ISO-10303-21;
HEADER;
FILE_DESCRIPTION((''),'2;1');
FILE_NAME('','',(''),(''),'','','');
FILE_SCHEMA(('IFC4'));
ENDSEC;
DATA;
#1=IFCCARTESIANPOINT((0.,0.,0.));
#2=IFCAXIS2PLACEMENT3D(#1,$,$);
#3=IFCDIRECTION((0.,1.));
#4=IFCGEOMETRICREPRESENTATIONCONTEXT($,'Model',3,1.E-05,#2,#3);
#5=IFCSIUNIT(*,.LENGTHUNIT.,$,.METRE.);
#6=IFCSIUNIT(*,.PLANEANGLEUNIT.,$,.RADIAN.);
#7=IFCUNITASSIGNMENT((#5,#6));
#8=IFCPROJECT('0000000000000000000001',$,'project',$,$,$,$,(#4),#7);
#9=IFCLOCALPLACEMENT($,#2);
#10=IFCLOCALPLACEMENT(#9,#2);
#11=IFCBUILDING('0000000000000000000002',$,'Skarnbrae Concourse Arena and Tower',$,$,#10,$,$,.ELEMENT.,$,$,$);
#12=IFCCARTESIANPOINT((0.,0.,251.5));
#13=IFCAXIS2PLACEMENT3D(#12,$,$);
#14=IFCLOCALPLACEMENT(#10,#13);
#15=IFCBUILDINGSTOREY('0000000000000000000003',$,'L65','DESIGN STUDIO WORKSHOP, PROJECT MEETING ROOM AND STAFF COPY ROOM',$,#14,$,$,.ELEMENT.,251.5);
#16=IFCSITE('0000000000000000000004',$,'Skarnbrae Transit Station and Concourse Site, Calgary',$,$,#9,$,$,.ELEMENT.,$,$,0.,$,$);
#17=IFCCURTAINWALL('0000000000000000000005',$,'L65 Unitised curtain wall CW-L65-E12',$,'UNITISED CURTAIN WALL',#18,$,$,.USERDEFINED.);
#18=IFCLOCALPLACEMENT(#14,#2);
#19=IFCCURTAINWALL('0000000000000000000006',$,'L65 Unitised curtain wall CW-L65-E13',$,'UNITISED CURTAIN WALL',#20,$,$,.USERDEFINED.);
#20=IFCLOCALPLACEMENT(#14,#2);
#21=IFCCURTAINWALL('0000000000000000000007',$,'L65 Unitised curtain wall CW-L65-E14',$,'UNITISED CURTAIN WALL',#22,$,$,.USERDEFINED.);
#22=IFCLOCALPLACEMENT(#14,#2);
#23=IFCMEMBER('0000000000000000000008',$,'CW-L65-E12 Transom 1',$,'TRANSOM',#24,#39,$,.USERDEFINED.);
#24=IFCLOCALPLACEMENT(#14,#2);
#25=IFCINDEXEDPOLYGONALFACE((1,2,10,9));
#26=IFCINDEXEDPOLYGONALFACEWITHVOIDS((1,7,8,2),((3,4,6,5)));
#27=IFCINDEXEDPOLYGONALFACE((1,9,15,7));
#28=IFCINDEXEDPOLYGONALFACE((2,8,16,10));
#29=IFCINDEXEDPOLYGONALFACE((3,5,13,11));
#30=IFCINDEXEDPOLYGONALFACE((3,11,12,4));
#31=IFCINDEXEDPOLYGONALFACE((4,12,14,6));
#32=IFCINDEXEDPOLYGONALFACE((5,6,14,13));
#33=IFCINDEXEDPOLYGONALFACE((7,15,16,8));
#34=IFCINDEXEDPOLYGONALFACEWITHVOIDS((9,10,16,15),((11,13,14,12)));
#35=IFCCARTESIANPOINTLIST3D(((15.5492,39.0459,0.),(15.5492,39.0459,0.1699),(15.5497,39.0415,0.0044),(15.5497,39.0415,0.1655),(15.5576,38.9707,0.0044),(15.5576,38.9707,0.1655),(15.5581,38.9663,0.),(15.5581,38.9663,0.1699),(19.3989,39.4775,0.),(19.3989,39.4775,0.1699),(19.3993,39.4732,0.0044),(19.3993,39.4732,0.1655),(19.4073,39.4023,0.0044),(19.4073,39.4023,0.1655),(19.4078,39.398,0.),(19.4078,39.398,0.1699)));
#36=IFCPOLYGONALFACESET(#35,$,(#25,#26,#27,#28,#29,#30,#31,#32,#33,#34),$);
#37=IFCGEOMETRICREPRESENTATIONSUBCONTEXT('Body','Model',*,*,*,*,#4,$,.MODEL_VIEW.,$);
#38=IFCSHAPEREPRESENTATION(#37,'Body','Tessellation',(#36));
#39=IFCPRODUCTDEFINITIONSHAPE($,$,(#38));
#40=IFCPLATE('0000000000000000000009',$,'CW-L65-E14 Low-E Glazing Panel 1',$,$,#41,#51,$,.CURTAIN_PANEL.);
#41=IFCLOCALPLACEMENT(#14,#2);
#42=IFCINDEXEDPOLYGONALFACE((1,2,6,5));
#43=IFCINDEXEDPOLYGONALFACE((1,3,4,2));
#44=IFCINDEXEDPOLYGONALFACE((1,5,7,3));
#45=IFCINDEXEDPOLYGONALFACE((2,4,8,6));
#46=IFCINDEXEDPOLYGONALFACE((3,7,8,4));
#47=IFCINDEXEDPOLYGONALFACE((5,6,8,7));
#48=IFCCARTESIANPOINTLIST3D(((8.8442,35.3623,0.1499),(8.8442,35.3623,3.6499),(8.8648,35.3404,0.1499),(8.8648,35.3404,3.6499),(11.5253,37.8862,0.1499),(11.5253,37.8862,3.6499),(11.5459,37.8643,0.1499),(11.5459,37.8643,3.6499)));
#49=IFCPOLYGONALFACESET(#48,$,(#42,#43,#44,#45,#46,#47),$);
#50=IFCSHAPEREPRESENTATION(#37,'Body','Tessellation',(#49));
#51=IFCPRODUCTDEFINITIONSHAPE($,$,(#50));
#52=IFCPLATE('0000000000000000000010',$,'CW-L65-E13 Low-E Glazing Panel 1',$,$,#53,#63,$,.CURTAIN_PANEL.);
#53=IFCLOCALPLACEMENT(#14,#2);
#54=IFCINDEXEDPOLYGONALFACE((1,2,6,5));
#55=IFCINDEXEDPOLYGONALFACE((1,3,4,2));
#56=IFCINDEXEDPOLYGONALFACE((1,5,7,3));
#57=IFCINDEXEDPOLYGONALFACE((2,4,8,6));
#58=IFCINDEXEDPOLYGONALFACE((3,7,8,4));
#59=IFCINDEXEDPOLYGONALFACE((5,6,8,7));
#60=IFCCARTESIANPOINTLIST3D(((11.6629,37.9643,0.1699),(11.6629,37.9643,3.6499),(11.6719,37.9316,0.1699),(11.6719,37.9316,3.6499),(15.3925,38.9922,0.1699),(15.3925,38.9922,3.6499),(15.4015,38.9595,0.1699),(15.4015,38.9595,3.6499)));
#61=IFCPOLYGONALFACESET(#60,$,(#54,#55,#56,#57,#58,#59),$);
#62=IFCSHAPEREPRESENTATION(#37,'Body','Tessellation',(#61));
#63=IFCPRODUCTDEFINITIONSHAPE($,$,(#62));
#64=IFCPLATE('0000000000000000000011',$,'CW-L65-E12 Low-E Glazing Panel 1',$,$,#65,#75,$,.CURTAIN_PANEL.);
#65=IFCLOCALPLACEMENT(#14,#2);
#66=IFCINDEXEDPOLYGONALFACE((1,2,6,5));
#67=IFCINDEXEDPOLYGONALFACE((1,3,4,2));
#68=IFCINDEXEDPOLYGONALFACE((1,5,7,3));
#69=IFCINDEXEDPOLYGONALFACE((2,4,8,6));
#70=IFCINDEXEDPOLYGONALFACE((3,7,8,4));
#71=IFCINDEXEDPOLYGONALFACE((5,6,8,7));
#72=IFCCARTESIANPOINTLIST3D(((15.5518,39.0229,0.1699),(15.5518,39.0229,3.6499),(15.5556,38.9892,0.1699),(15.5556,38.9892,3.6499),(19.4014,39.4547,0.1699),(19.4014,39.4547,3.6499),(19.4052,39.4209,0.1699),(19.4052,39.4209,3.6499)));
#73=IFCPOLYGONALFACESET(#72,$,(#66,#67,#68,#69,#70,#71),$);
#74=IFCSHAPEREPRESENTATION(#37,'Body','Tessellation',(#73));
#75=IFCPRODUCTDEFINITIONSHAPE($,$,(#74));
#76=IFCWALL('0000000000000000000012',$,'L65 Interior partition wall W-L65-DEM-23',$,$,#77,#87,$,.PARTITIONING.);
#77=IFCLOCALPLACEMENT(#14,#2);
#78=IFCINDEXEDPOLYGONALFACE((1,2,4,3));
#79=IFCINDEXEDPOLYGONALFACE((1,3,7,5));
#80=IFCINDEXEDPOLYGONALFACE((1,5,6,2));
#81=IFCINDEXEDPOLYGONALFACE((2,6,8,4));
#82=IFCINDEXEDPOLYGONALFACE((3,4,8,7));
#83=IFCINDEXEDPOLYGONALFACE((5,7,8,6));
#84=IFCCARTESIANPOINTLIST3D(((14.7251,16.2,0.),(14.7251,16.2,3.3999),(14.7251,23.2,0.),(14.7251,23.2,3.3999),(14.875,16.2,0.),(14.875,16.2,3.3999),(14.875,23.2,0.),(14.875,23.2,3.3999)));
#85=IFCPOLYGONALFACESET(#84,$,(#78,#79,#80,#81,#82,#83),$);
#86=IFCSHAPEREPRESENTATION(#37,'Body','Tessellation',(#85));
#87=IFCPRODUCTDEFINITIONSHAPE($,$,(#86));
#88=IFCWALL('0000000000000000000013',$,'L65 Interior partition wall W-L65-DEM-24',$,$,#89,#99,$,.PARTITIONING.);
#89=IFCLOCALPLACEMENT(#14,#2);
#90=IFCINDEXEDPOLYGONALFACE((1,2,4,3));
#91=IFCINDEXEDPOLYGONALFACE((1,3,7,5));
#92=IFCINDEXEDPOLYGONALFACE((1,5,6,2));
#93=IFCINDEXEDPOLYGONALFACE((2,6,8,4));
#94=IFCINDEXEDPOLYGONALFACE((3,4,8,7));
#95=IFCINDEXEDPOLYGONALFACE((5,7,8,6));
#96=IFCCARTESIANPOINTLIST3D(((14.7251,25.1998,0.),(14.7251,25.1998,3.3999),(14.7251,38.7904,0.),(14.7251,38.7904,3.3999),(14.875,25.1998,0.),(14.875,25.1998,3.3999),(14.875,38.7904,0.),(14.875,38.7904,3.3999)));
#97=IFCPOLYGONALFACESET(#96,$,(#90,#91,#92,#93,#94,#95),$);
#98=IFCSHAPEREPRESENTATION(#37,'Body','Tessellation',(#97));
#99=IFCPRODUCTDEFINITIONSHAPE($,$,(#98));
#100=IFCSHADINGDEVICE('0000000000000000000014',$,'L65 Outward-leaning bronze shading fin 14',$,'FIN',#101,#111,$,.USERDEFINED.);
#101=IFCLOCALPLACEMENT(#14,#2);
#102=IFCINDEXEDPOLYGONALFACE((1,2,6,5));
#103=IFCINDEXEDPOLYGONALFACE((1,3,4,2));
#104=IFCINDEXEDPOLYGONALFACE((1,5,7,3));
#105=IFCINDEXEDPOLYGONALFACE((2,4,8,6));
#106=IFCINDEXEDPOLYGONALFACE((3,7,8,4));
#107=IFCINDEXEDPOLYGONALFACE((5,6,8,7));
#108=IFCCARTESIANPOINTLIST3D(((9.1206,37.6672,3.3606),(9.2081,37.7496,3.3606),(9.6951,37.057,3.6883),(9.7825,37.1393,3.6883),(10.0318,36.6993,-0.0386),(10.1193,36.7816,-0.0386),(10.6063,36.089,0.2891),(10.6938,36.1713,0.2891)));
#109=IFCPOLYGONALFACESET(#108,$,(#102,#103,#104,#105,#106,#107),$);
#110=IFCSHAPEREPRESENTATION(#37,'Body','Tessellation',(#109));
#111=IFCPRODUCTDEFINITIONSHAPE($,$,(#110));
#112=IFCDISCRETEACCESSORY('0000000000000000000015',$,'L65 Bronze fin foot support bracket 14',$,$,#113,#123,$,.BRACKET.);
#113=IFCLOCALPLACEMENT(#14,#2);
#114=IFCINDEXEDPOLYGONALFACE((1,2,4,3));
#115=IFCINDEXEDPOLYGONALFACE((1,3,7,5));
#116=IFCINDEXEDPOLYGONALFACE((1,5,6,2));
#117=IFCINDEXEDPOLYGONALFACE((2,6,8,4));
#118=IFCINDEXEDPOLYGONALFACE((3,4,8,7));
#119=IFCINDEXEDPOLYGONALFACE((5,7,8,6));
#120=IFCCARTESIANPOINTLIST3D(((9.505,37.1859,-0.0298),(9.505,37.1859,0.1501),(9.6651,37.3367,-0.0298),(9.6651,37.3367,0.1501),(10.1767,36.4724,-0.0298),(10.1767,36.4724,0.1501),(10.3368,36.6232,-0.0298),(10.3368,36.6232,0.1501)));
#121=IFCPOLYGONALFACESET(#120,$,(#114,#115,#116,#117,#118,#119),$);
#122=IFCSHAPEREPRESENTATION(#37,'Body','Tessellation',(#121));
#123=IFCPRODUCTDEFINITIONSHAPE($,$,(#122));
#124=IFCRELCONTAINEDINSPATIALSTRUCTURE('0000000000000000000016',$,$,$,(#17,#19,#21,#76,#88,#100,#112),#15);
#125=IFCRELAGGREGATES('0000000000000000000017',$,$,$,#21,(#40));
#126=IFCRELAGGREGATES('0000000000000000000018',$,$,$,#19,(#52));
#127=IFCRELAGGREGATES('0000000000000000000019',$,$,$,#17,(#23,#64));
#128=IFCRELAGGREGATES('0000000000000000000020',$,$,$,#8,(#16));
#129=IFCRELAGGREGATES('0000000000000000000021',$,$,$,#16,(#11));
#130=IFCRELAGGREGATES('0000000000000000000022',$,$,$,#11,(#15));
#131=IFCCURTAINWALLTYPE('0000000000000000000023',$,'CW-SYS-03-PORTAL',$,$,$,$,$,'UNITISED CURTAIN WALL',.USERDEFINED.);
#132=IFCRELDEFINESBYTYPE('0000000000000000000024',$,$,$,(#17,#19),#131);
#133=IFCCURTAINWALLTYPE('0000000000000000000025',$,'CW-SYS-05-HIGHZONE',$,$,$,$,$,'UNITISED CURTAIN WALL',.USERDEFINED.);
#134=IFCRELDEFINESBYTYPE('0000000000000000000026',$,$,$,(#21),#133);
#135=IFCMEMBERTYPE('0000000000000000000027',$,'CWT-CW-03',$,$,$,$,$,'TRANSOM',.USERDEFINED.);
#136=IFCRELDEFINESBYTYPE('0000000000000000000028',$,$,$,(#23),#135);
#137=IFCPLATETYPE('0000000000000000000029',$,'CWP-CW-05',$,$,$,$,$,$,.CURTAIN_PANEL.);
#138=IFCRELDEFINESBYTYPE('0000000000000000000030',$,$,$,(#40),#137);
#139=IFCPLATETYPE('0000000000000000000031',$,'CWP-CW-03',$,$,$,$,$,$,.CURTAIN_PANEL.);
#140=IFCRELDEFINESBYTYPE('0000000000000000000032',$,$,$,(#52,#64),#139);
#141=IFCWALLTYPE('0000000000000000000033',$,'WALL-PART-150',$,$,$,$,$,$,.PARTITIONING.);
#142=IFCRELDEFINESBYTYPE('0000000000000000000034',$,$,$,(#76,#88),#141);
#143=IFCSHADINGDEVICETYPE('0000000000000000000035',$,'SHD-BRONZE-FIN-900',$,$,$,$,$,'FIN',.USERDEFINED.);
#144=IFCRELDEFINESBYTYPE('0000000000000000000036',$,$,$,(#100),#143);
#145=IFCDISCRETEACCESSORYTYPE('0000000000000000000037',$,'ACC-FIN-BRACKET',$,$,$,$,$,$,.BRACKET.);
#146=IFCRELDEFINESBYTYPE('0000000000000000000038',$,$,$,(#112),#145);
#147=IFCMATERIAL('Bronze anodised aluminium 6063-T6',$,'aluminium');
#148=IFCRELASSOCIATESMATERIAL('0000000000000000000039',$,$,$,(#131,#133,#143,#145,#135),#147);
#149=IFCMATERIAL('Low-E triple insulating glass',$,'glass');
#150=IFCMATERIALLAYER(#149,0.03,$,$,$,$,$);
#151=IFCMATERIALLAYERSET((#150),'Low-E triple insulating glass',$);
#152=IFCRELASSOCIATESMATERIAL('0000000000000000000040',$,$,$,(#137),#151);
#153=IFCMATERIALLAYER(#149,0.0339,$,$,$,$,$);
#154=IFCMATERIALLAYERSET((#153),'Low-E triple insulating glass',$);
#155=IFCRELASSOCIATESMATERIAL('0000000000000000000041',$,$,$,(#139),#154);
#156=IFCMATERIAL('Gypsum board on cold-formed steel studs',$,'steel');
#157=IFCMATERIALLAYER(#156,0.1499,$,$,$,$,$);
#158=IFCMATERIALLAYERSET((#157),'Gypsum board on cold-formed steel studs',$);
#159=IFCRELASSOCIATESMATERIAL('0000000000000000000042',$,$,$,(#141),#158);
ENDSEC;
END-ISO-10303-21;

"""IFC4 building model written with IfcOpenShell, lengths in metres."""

from ifc_helpers import new_model, si_unit, direction, frame, frame_2d, origin, origin_2d, place, context, subcontext, project, spatial, rectangle, hollow_rectangle, extrude, source, transform, mapped, material, layer, layer_set, material_profile, profile_set, type_object, element, aggregate, save


model = new_model("IFC4")

# Units and contexts
model_context = context("Model", 3, precision=1e-05, world=origin(), true_north=direction((0.0, 1.0)))
body_context = subcontext(model_context, "Body", "Model", "MODEL_VIEW")
ifc_project = project(units=[si_unit("LENGTHUNIT", "METRE"), si_unit("PLANEANGLEUNIT", "RADIAN")], contexts=[model_context])

# Site, building, storey
site_placement = place(None, origin())
site = spatial("IfcSite", under=ifc_project, at=site_placement, Name="Skarnbrae Transit Station and Concourse Site, Calgary", CompositionType="ELEMENT", RefElevation=0.0)
building_placement = place(site_placement, origin())
building = spatial("IfcBuilding", under=site, at=building_placement, Name="Skarnbrae Concourse Arena and Tower", CompositionType="ELEMENT")
storey_placement = place(building_placement, frame((0.0, 0.0, 251.5)))
storey = spatial("IfcBuildingStorey", under=building, at=storey_placement, Name="L65", Description="DESIGN STUDIO WORKSHOP, PROJECT MEETING ROOM AND STAFF COPY ROOM", CompositionType="ELEMENT", Elevation=251.5)

# Shared definitions
ifc_material_1 = material(Name="Bronze anodised aluminium 6063-T6", Category="aluminium")
curtain_wall_type_1 = type_object("IfcCurtainWallType", Name="CW-SYS-03-PORTAL", ElementType="UNITISED CURTAIN WALL", PredefinedType="USERDEFINED", material=ifc_material_1)

# Curtain walls
curtain_wall_1_placement = place(storey_placement, origin())
curtain_wall_1 = element("IfcCurtainWall", 1, at=curtain_wall_1_placement, inside=storey, type_object=curtain_wall_type_1, Name="L65 Unitised curtain wall CW-L65-E12", ObjectType="UNITISED CURTAIN WALL", PredefinedType="USERDEFINED")
curtain_wall_2_placement = place(storey_placement, origin())
curtain_wall_2 = element("IfcCurtainWall", 2, at=curtain_wall_2_placement, inside=storey, type_object=curtain_wall_type_1, Name="L65 Unitised curtain wall CW-L65-E13", ObjectType="UNITISED CURTAIN WALL", PredefinedType="USERDEFINED")
curtain_wall_type_2 = type_object("IfcCurtainWallType", Name="CW-SYS-05-HIGHZONE", ElementType="UNITISED CURTAIN WALL", PredefinedType="USERDEFINED", material=ifc_material_1)
curtain_wall_3_placement = place(storey_placement, origin())
curtain_wall_3 = element("IfcCurtainWall", 3, at=curtain_wall_3_placement, inside=storey, type_object=curtain_wall_type_2, Name="L65 Unitised curtain wall CW-L65-E14", ObjectType="UNITISED CURTAIN WALL", PredefinedType="USERDEFINED")

# Member
ifc_material_profile_1 = material_profile(ifc_material_1, hollow_rectangle(XDim=0.0801, YDim=0.1699, WallThickness=0.0044, at=origin_2d()), Name="ALU-TRAN-80X170")
ifc_profile_set_1 = profile_set([ifc_material_profile_1], Name="Bronze anodised aluminium 6063-T6")
member_type_1 = type_object("IfcMemberType", Name="CWT-CW-03", ElementType="TRANSOM", PredefinedType="USERDEFINED", material=ifc_profile_set_1)
shared_shape_1 = source(origin(), body_context, "Body", "SweptSolid", [
    extrude(hollow_rectangle(XDim=0.0801, YDim=0.1699, WallThickness=0.0044, at=origin_2d()), origin(), (0.0, 0.0, 1.0), 3.8738),
])
member_1_placement = place(storey_placement, frame((19.4033, 39.4377, 0.085), z_axis=(-0.993773, -0.111428, 0.0), x_axis=(0.111428, -0.993773, 0.0)))
member_1 = element("IfcMember", 4, at=member_1_placement, type_object=member_type_1, Name="CW-L65-E12 Transom 1", ObjectType="TRANSOM", PredefinedType="USERDEFINED", context=body_context, shape_type="MappedRepresentation", body=[
    mapped(shared_shape_1, transform((0.0, 0.0, 0.0))),
])

# Plates
ifc_material_2 = material(Name="Low-E triple insulating glass", Category="glass")
ifc_layer_1 = layer(ifc_material_2, 0.03)
ifc_layer_set_1 = layer_set([ifc_layer_1], Name="Low-E triple insulating glass")
plate_type_1 = type_object("IfcPlateType", Name="CWP-CW-05", PredefinedType="CURTAIN_PANEL", material=ifc_layer_set_1)
shared_shape_2 = source(origin(), body_context, "Body", "SweptSolid", [
    extrude(rectangle(XDim=3.6821, YDim=0.03, at=origin_2d()), origin(), (0.0, 0.0, 1.0), 3.5),
])
plate_1_placement = place(storey_placement, frame((10.1951, 36.6133, 0.1499), z_axis=(0.0, 0.0, 1.0), x_axis=(-0.728131, -0.685438, 0.0)))
plate_1 = element("IfcPlate", 5, at=plate_1_placement, type_object=plate_type_1, Name="CW-L65-E14 Low-E Glazing Panel 1", PredefinedType="CURTAIN_PANEL", context=body_context, shape_type="MappedRepresentation", body=[
    mapped(shared_shape_2, transform((0.0, 0.0, 0.0))),
])
aggregate(curtain_wall_3, [plate_1])
ifc_layer_2 = layer(ifc_material_2, 0.0339)
ifc_layer_set_2 = layer_set([ifc_layer_2], Name="Low-E triple insulating glass")
plate_type_2 = type_object("IfcPlateType", Name="CWP-CW-03", PredefinedType="CURTAIN_PANEL", material=ifc_layer_set_2)
shared_shape_3 = source(origin(), body_context, "Body", "SweptSolid", [
    extrude(rectangle(XDim=3.8687, YDim=0.0339, at=origin_2d()), origin(), (0.0, 0.0, 1.0), 3.48),
])
plate_2_placement = place(storey_placement, frame((13.5322, 38.4619, 0.1699), z_axis=(0.0, 0.0, 1.0), x_axis=(-0.964057, -0.265694, 0.0)))
plate_2 = element("IfcPlate", 6, at=plate_2_placement, type_object=plate_type_2, Name="CW-L65-E13 Low-E Glazing Panel 1", PredefinedType="CURTAIN_PANEL", context=body_context, shape_type="MappedRepresentation", body=[
    mapped(shared_shape_3, transform((0.0, 0.0, 0.0))),
])
aggregate(curtain_wall_2, [plate_2])
shared_shape_4 = source(origin(), body_context, "Body", "SweptSolid", [
    extrude(rectangle(XDim=3.8738, YDim=0.0339, at=origin_2d()), origin(), (0.0, 0.0, 1.0), 3.48),
])
plate_3_placement = place(storey_placement, frame((17.4785, 39.2219, 0.1699), z_axis=(0.0, 0.0, 1.0), x_axis=(-0.993769, -0.11146, 0.0)))
plate_3 = element("IfcPlate", 7, at=plate_3_placement, type_object=plate_type_2, Name="CW-L65-E12 Low-E Glazing Panel 1", PredefinedType="CURTAIN_PANEL", context=body_context, shape_type="MappedRepresentation", body=[
    mapped(shared_shape_4, transform((0.0, 0.0, 0.0))),
])
aggregate(curtain_wall_1, [member_1, plate_3])

# Walls
ifc_material_3 = material(Name="Gypsum board on cold-formed steel studs", Category="steel")
ifc_layer_3 = layer(ifc_material_3, 0.1499)
ifc_layer_set_3 = layer_set([ifc_layer_3], Name="Gypsum board on cold-formed steel studs")
wall_type = type_object("IfcWallType", Name="WALL-PART-150", PredefinedType="PARTITIONING", material=ifc_layer_set_3)
shared_shape_5 = source(origin(), body_context, "Body", "SweptSolid", [
    extrude(rectangle(XDim=7.0, YDim=0.1499, at=frame_2d((3.5, 0.0))), origin(), (0.0, 0.0, 1.0), 3.3999),
])
wall_1_placement = place(storey_placement, frame((14.8, 23.2, 0.0), z_axis=(0.0, 0.0, 1.0), x_axis=(0.0, -1.0, 0.0)))
element("IfcWall", 8, at=wall_1_placement, inside=storey, type_object=wall_type, Name="L65 Interior partition wall W-L65-DEM-23", PredefinedType="PARTITIONING", context=body_context, shape_type="MappedRepresentation", body=[
    mapped(shared_shape_5, transform((0.0, 0.0, 0.0))),
])
shared_shape_6 = source(origin(), body_context, "Body", "SweptSolid", [
    extrude(rectangle(XDim=13.5906, YDim=0.1499, at=frame_2d((6.7954, 0.0))), origin(), (0.0, 0.0, 1.0), 3.3999),
])
wall_2_placement = place(storey_placement, frame((14.8, 38.7905, 0.0), z_axis=(0.0, 0.0, 1.0), x_axis=(0.0, -1.0, 0.0)))
element("IfcWall", 9, at=wall_2_placement, inside=storey, type_object=wall_type, Name="L65 Interior partition wall W-L65-DEM-24", PredefinedType="PARTITIONING", context=body_context, shape_type="MappedRepresentation", body=[
    mapped(shared_shape_6, transform((0.0, 0.0, 0.0))),
])

# Shading device
shading_device_type = type_object("IfcShadingDeviceType", Name="SHD-BRONZE-FIN-900", ElementType="FIN", PredefinedType="USERDEFINED", material=ifc_material_1)
shared_shape_7 = source(origin(), body_context, "Body", "SweptSolid", [
    extrude(rectangle(XDim=0.1201, YDim=0.8999, at=origin_2d()), origin(), (0.0, 0.0, 1.0), 3.6499),
])
shading_device_placement = place(storey_placement, frame((10.3628, 36.4353, 0.1252), z_axis=(-0.249655, 0.265205, 0.93131), x_axis=(0.728132, 0.685437, 0.0)))
element("IfcShadingDevice", 10, at=shading_device_placement, inside=storey, type_object=shading_device_type, Name="L65 Outward-leaning bronze shading fin 14", ObjectType="FIN", PredefinedType="USERDEFINED", context=body_context, shape_type="MappedRepresentation", body=[
    mapped(shared_shape_7, transform((0.0, 0.0, 0.0))),
])

# Discrete accessory
discrete_accessory_type = type_object("IfcDiscreteAccessoryType", Name="ACC-FIN-BRACKET", PredefinedType="BRACKET", material=ifc_material_1)
shared_shape_8 = source(origin(), body_context, "Body", "SweptSolid", [
    extrude(rectangle(XDim=0.22, YDim=0.98, at=origin_2d()), origin(), (0.0, 0.0, 1.0), 0.1799),
])
discrete_accessory_placement = place(storey_placement, frame((9.9209, 36.9045, -0.0298), z_axis=(0.0, 0.0, 1.0), x_axis=(0.728132, 0.685437, 0.0)))
element("IfcDiscreteAccessory", 11, at=discrete_accessory_placement, inside=storey, type_object=discrete_accessory_type, Name="L65 Bronze fin foot support bracket 14", PredefinedType="BRACKET", context=body_context, shape_type="MappedRepresentation", body=[
    mapped(shared_shape_8, transform((0.0, 0.0, 0.0))),
])

save(model, "model.ifc")
